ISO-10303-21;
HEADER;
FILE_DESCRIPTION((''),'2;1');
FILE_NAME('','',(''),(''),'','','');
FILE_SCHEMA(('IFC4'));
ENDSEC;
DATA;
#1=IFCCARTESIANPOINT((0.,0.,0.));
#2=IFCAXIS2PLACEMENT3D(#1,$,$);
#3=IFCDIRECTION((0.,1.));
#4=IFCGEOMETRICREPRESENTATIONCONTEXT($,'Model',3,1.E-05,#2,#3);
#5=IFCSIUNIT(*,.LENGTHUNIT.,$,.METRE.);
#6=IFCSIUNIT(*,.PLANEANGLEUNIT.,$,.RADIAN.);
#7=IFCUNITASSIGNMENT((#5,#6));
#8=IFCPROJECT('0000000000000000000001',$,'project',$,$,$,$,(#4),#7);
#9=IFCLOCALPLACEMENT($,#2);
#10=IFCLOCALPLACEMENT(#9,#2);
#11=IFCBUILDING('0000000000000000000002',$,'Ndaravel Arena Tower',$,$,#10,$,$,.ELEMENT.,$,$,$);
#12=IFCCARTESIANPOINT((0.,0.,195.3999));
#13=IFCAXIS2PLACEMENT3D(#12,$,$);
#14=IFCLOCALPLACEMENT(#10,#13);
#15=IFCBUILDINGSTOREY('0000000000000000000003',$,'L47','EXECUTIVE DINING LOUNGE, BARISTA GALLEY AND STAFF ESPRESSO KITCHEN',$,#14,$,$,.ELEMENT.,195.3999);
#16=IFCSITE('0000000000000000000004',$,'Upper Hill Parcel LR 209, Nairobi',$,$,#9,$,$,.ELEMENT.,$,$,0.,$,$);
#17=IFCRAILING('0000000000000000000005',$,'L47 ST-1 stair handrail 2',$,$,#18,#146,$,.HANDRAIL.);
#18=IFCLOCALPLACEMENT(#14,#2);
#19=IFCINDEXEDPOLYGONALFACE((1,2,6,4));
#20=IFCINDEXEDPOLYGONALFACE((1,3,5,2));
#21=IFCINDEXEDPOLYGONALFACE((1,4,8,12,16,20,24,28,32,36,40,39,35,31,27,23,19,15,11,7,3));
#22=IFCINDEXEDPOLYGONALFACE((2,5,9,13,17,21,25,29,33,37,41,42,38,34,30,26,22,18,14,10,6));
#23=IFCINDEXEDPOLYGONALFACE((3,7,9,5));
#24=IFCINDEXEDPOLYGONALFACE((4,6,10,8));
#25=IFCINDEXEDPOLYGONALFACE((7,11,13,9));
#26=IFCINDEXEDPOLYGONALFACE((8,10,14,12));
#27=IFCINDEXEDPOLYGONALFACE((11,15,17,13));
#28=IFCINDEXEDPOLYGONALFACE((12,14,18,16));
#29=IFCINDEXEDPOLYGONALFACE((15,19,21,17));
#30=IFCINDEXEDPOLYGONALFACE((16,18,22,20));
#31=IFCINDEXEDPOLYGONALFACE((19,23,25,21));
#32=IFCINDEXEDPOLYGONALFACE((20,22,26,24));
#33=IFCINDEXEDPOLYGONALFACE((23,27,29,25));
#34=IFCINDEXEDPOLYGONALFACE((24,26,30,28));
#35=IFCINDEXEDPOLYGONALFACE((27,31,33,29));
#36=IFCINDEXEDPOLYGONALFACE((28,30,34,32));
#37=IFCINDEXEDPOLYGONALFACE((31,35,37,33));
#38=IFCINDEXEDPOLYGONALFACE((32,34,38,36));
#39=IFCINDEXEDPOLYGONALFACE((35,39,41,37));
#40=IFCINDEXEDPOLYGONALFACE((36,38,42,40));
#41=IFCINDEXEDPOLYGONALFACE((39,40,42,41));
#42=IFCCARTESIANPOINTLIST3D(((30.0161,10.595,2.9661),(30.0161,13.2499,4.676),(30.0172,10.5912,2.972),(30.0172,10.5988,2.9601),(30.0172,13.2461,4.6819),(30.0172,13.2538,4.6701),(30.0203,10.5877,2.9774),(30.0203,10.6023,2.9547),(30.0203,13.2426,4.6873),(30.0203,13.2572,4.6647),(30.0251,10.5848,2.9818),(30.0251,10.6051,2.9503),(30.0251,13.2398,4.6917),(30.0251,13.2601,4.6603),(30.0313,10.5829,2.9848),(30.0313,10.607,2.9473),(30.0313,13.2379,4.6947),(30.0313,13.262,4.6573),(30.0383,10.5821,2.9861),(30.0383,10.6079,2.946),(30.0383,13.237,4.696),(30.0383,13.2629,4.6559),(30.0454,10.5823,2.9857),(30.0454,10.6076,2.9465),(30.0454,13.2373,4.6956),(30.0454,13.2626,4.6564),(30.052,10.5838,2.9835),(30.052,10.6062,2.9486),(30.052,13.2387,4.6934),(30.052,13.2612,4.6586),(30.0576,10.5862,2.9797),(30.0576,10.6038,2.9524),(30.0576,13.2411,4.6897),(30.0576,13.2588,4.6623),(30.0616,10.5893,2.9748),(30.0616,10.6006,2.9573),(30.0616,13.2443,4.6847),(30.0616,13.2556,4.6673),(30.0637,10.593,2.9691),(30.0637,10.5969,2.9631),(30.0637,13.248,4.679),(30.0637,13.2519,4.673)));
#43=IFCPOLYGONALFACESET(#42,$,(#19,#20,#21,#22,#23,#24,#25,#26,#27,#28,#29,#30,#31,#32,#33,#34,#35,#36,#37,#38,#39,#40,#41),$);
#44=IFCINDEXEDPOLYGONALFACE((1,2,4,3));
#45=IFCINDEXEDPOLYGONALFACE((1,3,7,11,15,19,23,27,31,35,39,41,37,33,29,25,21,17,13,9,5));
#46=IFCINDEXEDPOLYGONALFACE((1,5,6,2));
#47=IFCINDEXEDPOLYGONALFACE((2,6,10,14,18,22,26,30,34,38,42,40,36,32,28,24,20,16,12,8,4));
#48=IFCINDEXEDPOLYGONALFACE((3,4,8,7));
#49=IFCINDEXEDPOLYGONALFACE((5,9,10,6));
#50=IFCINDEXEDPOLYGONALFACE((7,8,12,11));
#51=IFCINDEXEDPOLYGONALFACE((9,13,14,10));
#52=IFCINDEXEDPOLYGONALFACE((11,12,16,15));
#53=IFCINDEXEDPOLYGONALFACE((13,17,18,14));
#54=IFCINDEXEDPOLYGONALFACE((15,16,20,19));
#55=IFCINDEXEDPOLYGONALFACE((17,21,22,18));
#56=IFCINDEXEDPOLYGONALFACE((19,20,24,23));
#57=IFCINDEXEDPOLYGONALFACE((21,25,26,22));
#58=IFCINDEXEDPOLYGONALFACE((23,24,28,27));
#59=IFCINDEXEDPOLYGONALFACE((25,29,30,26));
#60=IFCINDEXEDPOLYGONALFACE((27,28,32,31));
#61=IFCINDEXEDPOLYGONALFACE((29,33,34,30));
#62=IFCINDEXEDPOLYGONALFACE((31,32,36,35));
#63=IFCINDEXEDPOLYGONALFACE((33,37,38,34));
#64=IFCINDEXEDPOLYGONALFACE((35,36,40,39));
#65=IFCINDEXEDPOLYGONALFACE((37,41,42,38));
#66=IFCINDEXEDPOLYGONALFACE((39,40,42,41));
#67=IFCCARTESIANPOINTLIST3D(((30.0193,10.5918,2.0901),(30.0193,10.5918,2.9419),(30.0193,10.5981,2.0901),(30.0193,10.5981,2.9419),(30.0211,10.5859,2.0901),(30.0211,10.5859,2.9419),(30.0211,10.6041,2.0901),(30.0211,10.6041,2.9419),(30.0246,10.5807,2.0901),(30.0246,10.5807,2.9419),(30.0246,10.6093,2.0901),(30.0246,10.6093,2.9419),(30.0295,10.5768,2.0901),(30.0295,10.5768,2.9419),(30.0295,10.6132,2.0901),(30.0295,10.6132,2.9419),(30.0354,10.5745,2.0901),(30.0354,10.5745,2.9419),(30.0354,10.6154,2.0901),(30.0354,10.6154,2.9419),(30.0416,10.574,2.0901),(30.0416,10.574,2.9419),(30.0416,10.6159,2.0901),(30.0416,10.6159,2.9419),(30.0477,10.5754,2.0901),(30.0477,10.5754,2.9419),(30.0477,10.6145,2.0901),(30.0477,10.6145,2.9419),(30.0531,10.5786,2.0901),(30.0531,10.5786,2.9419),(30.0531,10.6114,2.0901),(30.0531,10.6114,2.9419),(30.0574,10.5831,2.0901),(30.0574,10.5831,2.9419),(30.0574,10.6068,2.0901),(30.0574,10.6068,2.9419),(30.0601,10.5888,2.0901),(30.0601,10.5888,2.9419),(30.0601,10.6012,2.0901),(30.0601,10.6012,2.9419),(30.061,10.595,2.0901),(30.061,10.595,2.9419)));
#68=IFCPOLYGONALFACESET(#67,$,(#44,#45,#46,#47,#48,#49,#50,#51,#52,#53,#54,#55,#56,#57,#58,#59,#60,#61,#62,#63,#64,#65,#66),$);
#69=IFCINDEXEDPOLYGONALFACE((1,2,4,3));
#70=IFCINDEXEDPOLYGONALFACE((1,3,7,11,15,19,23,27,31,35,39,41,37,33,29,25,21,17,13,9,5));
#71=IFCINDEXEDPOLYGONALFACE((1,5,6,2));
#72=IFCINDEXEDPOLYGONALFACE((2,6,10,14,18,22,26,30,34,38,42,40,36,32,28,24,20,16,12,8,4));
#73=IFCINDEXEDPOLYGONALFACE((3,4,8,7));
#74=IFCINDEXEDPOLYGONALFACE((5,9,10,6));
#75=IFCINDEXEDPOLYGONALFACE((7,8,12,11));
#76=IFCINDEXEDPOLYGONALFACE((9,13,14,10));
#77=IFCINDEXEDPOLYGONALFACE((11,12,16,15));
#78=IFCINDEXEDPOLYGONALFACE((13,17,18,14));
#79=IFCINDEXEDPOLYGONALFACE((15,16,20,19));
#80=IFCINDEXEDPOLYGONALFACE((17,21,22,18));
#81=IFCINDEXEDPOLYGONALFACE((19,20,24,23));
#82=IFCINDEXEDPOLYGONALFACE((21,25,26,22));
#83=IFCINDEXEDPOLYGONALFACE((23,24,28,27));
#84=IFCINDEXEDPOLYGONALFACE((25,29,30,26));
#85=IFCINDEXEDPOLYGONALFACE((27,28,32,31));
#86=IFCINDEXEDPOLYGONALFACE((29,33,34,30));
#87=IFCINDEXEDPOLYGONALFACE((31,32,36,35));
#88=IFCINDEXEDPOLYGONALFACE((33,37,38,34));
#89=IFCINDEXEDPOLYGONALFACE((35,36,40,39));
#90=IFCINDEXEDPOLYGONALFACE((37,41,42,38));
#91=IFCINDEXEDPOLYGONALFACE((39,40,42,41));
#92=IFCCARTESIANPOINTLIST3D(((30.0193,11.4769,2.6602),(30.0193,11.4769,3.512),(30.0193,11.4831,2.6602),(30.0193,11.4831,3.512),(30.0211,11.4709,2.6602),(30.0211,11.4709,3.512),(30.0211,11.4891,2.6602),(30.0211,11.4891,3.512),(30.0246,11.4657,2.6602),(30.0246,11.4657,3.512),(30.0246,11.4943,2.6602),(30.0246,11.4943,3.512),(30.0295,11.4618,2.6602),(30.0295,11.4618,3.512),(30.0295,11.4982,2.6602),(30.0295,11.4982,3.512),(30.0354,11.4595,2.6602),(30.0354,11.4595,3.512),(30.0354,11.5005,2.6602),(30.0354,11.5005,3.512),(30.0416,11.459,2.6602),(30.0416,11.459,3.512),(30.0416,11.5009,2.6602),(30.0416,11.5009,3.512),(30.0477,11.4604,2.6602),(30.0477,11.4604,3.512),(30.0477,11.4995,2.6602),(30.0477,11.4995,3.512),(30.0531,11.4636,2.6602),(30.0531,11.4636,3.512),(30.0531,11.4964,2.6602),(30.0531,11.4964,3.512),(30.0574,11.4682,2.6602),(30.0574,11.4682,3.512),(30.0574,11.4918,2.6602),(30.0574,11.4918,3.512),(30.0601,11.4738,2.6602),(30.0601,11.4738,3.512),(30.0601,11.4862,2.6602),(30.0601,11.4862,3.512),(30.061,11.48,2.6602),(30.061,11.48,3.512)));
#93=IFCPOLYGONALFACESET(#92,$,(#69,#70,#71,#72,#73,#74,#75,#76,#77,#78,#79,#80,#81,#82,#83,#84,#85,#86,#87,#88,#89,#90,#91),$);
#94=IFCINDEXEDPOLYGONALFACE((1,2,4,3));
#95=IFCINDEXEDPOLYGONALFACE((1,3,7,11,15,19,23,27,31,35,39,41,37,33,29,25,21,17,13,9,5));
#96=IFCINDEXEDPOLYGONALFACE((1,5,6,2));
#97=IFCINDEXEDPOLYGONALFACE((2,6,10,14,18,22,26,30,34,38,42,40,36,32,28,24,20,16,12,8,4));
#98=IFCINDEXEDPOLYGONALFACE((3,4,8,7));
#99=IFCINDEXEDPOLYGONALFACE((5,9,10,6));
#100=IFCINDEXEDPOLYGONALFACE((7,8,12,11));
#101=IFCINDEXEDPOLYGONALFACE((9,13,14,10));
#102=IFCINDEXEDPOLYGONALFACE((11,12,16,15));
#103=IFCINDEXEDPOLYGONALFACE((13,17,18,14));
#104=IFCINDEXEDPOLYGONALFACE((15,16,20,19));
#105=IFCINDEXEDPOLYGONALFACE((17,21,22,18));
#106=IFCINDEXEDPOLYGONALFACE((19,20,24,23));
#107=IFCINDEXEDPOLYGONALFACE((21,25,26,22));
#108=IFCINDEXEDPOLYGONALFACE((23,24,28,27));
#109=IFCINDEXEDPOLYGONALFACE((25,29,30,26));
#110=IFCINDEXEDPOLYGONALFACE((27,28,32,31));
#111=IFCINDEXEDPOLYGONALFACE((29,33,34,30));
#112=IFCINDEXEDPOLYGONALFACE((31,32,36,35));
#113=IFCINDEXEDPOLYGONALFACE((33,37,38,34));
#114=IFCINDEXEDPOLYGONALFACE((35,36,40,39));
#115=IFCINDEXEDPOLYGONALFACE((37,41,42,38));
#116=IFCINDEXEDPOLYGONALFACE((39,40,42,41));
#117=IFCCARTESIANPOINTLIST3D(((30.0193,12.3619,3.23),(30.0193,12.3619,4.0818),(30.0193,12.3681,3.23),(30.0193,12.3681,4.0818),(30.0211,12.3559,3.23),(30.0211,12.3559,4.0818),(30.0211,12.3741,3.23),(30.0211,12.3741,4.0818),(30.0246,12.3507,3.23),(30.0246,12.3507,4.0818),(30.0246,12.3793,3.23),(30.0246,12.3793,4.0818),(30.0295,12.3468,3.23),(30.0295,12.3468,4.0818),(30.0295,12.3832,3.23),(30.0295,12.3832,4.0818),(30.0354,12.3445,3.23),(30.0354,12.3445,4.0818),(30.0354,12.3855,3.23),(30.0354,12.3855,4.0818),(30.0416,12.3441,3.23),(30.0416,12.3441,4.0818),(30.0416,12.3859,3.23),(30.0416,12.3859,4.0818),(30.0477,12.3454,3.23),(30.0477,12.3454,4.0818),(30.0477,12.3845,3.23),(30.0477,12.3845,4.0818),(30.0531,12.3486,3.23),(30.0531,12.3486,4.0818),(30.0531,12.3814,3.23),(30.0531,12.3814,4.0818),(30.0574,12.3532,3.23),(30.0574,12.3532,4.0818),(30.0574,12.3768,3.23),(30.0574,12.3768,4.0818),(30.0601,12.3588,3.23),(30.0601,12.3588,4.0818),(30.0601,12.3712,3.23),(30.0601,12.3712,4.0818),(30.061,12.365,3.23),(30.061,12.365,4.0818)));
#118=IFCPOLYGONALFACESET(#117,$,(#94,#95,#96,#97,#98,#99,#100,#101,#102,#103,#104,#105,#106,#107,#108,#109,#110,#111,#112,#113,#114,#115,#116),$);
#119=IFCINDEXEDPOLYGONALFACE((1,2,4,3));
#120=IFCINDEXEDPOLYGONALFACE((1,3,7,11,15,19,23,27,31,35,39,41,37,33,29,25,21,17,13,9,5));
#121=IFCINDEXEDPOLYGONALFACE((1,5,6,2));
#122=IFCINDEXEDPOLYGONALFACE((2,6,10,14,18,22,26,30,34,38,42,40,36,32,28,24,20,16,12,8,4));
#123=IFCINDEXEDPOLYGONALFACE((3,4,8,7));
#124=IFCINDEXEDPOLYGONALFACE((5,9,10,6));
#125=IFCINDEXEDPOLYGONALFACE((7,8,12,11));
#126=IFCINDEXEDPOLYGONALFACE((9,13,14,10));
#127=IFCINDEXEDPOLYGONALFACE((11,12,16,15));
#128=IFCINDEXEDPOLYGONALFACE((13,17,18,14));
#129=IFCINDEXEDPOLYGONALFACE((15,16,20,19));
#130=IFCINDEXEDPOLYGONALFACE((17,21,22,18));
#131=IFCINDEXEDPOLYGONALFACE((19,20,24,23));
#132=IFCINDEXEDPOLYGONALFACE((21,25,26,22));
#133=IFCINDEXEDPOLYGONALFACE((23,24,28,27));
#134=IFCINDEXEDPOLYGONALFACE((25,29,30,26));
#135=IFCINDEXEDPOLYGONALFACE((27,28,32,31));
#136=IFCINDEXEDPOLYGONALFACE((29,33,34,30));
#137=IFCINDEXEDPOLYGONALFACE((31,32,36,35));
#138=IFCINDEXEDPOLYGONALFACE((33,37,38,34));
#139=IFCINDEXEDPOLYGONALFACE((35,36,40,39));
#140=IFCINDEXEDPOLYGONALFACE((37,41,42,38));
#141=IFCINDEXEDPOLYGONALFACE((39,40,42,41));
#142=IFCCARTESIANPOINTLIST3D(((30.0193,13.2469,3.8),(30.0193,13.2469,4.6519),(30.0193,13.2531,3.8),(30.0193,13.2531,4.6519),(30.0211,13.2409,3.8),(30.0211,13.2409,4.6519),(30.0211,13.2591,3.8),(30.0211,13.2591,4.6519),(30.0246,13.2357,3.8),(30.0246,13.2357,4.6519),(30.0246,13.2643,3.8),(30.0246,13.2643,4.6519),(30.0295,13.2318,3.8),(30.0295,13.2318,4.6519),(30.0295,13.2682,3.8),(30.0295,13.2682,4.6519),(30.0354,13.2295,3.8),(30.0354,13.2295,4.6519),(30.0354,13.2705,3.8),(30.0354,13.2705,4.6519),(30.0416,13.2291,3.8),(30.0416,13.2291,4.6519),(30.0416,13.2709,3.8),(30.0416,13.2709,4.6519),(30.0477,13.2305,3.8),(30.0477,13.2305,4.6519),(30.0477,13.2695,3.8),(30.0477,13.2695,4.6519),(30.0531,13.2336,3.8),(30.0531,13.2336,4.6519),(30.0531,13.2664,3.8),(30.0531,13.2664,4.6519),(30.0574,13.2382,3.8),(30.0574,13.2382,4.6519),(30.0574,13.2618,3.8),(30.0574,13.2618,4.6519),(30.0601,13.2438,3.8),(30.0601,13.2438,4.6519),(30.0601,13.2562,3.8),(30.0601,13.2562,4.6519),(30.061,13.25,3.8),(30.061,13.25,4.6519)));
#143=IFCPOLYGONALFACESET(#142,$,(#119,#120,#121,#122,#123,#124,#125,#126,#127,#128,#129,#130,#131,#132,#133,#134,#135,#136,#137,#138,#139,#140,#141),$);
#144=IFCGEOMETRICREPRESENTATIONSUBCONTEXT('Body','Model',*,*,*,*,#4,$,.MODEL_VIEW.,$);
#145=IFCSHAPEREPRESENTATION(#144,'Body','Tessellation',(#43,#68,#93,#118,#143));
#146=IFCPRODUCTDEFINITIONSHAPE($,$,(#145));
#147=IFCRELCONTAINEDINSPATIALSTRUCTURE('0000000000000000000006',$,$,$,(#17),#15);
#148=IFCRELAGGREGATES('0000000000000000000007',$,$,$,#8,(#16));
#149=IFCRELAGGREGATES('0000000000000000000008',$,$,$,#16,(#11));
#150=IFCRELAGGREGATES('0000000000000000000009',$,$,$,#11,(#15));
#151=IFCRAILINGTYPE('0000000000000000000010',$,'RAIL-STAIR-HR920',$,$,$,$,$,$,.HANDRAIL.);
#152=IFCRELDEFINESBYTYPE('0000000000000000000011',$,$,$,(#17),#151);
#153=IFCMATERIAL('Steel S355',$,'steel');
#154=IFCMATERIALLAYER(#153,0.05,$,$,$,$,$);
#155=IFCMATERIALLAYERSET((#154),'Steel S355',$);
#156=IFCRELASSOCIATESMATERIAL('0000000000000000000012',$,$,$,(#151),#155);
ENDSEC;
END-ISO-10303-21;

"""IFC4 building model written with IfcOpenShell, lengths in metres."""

from ifc_helpers import new_model, si_unit, direction, frame, origin, origin_2d, place, context, subcontext, project, spatial, circle, extrude, material, layer, layer_set, type_object, element, save


model = new_model("IFC4")

# Units and contexts
model_context = context("Model", 3, precision=1e-05, world=origin(), true_north=direction((0.0, 1.0)))
body_context = subcontext(model_context, "Body", "Model", "MODEL_VIEW")
ifc_project = project(units=[si_unit("LENGTHUNIT", "METRE"), si_unit("PLANEANGLEUNIT", "RADIAN")], contexts=[model_context])

# Site, building, storey
site_placement = place(None, origin())
site = spatial("IfcSite", under=ifc_project, at=site_placement, Name="Upper Hill Parcel LR 209, Nairobi", CompositionType="ELEMENT", RefElevation=0.0)
building_placement = place(site_placement, origin())
building = spatial("IfcBuilding", under=site, at=building_placement, Name="Ndaravel Arena Tower", CompositionType="ELEMENT")
storey_placement = place(building_placement, frame((0.0, 0.0, 195.3999)))
storey = spatial("IfcBuildingStorey", under=building, at=storey_placement, Name="L47", Description="EXECUTIVE DINING LOUNGE, BARISTA GALLEY AND STAFF ESPRESSO KITCHEN", CompositionType="ELEMENT", Elevation=195.3999)

# Railing
ifc_material_1 = material(Name="Steel S355", Category="steel")
ifc_layer_1 = layer(ifc_material_1, 0.05)
ifc_layer_set_1 = layer_set([ifc_layer_1], Name="Steel S355")
railing_type_1 = type_object("IfcRailingType", Name="RAIL-STAIR-HR920", PredefinedType="HANDRAIL", material=ifc_layer_set_1)
railing_1_placement = place(storey_placement, frame((30.04, 10.595, 2.0901)))
element("IfcRailing", 1, at=railing_1_placement, inside=storey, type_object=railing_type_1, Name="L47 ST-1 stair handrail 2", PredefinedType="HANDRAIL", context=body_context, shape_type="SweptSolid", body=[
    extrude(circle(Radius=0.0239, at=origin_2d()), frame((0.0, 0.0, 0.876), z_axis=(0.0, 0.840724, 0.541465), x_axis=(-1.0, 0.0, 0.0)), (0.0, 0.0, 1.0), 3.158),
    extrude(circle(Radius=0.021, at=origin_2d()), origin(), (0.0, 0.0, 1.0), 0.8518),
    extrude(circle(Radius=0.021, at=origin_2d()), frame((0.0, 0.885, 0.5701)), (0.0, 0.0, 1.0), 0.8518),
    extrude(circle(Radius=0.021, at=origin_2d()), frame((0.0, 1.77, 1.1399)), (0.0, 0.0, 1.0), 0.8518),
    extrude(circle(Radius=0.021, at=origin_2d()), frame((0.0, 2.655, 1.71)), (0.0, 0.0, 1.0), 0.8518),
])

save(model, "model.ifc")
